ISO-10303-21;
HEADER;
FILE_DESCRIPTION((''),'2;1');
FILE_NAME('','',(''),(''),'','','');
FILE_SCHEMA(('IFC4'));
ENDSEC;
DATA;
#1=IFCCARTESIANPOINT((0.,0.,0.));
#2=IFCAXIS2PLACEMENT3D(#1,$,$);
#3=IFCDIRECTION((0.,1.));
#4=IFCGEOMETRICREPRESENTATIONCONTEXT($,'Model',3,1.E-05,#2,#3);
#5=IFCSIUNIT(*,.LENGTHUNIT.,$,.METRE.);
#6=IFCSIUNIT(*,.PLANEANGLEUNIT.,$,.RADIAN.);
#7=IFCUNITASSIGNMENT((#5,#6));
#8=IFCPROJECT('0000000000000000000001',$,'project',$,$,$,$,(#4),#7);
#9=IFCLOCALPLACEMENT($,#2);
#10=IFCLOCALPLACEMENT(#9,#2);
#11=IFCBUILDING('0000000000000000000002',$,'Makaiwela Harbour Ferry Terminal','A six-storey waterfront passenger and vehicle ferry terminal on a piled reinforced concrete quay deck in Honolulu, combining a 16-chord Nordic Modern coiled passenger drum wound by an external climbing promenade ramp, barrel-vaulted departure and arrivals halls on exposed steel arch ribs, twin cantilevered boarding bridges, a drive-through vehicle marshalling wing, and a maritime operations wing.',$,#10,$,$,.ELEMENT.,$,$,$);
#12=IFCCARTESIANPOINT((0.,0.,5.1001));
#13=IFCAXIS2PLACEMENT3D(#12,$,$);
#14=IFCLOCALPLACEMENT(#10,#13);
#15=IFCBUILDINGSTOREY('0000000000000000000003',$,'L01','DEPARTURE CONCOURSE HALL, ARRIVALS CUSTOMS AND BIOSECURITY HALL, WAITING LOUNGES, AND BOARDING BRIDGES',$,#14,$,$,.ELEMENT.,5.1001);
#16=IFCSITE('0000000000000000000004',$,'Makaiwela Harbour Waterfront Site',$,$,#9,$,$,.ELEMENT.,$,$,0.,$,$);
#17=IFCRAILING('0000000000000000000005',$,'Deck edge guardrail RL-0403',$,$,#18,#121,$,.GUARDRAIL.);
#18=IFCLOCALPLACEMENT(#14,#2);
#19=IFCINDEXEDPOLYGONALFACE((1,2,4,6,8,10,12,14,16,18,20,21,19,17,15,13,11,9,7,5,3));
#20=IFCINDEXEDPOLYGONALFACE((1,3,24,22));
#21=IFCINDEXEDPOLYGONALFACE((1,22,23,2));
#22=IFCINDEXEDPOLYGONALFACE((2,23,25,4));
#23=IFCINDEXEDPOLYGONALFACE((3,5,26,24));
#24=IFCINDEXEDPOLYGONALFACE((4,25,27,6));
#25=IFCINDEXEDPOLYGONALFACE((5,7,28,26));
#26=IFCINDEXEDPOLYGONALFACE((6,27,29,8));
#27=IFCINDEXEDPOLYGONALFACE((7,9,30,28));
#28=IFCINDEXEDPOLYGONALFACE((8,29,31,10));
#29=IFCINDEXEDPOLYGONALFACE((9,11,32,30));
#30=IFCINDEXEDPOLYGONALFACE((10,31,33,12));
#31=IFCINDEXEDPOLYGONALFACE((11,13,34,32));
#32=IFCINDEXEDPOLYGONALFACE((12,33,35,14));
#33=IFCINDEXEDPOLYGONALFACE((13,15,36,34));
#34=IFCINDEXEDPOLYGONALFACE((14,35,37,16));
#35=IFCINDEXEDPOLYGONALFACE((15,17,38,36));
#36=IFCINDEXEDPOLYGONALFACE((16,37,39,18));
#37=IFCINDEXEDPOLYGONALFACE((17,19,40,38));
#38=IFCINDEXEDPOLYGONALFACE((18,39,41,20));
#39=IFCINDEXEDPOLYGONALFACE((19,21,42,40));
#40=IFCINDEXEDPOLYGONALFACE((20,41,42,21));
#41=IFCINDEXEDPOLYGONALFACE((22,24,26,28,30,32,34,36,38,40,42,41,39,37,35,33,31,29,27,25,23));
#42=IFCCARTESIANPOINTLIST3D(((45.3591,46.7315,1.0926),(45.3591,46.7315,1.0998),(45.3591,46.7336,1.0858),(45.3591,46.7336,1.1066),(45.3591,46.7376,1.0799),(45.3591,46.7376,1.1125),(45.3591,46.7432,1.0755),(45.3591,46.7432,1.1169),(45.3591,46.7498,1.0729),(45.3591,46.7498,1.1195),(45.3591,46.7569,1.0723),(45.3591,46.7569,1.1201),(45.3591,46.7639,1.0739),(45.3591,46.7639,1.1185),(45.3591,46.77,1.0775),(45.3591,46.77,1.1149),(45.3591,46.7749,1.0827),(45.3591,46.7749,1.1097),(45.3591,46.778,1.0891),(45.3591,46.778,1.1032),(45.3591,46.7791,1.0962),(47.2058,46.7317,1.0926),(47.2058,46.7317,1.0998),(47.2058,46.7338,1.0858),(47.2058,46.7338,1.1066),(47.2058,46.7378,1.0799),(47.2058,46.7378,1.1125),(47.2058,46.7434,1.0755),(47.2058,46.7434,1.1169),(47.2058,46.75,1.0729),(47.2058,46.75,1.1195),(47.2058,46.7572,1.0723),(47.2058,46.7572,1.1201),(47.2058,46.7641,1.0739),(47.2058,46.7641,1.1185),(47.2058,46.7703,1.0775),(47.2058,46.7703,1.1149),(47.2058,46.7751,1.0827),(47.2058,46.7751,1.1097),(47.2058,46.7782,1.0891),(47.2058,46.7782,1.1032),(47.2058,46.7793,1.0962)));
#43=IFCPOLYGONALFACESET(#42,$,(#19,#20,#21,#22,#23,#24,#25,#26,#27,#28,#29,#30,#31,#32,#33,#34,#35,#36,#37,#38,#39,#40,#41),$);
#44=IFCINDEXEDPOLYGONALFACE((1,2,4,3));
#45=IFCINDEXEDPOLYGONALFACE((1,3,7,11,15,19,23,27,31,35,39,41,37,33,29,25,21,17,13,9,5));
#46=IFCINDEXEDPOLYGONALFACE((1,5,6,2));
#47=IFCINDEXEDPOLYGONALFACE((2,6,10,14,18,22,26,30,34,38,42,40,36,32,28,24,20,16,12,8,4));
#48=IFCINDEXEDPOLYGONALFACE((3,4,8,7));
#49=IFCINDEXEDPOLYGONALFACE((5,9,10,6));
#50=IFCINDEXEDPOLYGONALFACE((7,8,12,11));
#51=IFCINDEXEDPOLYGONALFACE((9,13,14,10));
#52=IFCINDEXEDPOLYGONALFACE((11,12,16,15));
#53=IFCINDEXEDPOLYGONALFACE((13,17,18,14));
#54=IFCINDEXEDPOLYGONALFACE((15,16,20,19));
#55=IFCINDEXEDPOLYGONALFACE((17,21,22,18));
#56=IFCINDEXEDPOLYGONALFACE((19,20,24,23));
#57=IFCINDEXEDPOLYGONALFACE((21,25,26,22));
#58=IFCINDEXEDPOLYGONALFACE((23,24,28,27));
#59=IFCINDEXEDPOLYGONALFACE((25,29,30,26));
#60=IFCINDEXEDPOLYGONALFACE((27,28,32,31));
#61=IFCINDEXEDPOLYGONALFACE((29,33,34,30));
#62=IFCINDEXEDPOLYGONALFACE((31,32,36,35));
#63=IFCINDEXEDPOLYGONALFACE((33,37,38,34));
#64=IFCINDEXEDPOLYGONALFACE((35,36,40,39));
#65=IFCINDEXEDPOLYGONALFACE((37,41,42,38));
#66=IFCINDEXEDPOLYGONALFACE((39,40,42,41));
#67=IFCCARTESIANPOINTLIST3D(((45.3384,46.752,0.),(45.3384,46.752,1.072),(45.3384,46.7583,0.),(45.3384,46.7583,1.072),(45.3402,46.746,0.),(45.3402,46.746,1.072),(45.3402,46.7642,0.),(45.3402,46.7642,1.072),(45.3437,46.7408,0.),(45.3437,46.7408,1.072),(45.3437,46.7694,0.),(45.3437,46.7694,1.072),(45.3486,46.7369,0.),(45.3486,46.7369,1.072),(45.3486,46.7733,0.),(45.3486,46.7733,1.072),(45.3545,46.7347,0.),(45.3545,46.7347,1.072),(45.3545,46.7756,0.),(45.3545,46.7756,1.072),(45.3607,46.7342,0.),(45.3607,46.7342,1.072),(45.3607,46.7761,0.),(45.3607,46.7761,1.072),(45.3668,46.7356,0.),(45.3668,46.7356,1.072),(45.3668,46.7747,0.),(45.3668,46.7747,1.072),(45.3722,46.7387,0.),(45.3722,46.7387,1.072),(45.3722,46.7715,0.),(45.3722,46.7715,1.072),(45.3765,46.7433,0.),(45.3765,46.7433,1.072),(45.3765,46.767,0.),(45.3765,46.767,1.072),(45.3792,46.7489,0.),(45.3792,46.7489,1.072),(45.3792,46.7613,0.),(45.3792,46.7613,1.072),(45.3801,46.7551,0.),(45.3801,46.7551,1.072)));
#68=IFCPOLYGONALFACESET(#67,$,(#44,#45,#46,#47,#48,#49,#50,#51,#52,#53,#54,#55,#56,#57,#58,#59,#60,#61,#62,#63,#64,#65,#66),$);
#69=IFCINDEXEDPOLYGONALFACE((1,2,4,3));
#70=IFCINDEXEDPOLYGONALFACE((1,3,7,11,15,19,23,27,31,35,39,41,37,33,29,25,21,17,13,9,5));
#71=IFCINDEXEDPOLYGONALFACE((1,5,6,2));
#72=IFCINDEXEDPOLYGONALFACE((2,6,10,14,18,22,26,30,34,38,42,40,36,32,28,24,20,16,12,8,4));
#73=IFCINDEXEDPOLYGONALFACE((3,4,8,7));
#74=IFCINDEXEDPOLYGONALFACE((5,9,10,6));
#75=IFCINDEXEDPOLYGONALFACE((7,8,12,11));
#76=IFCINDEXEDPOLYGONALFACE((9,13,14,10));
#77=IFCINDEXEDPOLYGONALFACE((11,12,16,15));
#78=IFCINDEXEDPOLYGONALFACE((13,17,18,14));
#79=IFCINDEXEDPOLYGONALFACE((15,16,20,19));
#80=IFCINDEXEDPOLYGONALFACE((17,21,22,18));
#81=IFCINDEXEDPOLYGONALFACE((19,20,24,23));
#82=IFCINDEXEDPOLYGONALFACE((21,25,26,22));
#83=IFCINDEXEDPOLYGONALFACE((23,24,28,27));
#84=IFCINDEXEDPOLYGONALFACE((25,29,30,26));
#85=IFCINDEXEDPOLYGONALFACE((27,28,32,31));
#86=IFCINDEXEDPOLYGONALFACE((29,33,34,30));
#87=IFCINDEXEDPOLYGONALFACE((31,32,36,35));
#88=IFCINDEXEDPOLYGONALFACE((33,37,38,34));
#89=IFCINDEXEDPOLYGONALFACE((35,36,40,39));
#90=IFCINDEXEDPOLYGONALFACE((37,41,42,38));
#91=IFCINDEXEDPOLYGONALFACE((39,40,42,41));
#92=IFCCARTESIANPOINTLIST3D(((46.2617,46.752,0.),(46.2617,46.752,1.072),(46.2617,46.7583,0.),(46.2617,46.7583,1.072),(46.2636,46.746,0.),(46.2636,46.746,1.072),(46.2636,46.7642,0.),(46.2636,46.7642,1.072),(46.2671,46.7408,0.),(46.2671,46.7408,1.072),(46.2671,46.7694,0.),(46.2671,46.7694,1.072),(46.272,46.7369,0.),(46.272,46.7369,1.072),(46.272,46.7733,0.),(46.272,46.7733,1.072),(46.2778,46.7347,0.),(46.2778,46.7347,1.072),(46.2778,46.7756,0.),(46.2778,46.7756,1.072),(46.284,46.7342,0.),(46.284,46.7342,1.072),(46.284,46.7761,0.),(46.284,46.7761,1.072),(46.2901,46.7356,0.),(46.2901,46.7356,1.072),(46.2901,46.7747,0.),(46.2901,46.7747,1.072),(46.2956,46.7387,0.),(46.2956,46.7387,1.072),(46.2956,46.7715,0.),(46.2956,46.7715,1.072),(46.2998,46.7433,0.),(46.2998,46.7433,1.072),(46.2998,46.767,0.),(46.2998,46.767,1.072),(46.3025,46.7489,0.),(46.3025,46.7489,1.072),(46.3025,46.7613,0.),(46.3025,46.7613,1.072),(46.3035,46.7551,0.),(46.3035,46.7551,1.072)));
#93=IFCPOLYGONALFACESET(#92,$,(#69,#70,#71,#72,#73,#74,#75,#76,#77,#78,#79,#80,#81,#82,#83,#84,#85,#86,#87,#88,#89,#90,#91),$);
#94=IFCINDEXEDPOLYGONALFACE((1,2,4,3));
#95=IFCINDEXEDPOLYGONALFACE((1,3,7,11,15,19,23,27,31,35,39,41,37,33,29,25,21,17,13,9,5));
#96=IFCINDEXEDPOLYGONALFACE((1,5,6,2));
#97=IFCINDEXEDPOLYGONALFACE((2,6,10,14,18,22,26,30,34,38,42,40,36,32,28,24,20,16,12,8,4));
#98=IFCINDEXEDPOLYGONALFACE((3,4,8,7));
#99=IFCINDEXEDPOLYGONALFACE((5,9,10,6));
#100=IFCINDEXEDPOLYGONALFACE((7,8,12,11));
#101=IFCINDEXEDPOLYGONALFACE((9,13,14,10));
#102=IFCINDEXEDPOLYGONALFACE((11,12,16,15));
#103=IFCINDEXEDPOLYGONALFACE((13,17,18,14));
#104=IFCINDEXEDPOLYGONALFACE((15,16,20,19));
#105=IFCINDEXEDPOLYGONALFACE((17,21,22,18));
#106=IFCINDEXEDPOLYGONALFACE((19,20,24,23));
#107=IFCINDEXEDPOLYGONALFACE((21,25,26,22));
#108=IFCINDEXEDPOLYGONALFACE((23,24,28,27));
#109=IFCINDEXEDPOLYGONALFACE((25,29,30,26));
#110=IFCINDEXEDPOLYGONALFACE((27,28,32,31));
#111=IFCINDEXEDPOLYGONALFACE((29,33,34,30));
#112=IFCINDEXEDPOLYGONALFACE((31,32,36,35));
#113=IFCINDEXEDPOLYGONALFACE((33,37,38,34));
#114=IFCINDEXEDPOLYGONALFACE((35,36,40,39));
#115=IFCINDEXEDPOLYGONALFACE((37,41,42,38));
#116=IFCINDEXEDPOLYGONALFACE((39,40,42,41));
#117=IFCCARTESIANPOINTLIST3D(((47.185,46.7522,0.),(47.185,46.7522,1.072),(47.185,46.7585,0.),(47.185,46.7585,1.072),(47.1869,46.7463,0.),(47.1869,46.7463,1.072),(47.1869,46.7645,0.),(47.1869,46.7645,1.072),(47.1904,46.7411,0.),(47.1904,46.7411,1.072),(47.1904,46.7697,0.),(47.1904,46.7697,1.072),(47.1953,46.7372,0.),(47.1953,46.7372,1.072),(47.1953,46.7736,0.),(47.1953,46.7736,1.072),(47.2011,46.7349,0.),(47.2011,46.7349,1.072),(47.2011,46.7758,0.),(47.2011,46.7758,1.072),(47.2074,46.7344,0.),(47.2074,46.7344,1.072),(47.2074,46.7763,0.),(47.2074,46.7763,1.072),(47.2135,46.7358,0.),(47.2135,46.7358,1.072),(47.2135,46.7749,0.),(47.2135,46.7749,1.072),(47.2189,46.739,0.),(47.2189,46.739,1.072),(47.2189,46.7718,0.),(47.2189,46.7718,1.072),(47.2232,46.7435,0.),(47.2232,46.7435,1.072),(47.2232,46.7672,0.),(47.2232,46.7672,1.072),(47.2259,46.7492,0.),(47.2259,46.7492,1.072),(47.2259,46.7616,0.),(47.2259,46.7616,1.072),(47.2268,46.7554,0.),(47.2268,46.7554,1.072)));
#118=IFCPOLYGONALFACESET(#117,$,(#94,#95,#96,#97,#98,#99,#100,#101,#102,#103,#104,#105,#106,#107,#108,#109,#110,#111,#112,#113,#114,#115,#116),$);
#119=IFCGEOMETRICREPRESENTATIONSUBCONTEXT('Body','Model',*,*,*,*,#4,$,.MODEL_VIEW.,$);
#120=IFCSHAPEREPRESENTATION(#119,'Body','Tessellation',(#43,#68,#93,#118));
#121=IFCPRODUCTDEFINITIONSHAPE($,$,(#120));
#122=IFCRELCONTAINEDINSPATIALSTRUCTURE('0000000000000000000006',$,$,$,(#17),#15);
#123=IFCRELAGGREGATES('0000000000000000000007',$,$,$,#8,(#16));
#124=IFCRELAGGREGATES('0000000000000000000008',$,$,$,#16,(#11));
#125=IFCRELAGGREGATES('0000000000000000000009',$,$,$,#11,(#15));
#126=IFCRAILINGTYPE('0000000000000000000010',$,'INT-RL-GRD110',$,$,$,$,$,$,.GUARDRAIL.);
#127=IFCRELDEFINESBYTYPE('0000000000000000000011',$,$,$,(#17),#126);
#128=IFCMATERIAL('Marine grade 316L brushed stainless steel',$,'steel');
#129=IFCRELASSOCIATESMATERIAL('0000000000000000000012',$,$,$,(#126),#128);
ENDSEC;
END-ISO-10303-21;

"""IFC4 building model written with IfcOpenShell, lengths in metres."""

from ifc_helpers import new_model, si_unit, direction, frame, origin, origin_2d, place, context, subcontext, project, spatial, circle, extrude, material, type_object, element, save


model = new_model("IFC4")

# Units and contexts
model_context = context("Model", 3, precision=1e-05, world=origin(), true_north=direction((0.0, 1.0)))
body_context = subcontext(model_context, "Body", "Model", "MODEL_VIEW")
ifc_project = project(units=[si_unit("LENGTHUNIT", "METRE"), si_unit("PLANEANGLEUNIT", "RADIAN")], contexts=[model_context])

# Site, building, storey
site_placement = place(None, origin())
site = spatial("IfcSite", under=ifc_project, at=site_placement, Name="Makaiwela Harbour Waterfront Site", CompositionType="ELEMENT", RefElevation=0.0)
building_placement = place(site_placement, origin())
building = spatial("IfcBuilding", under=site, at=building_placement, Name="Makaiwela Harbour Ferry Terminal", Description="A six-storey waterfront passenger and vehicle ferry terminal on a piled reinforced concrete quay deck in Honolulu, combining a 16-chord Nordic Modern coiled passenger drum wound by an external climbing promenade ramp, barrel-vaulted departure and arrivals halls on exposed steel arch ribs, twin cantilevered boarding bridges, a drive-through vehicle marshalling wing, and a maritime operations wing.", CompositionType="ELEMENT")
storey_placement = place(building_placement, frame((0.0, 0.0, 5.1001)))
storey = spatial("IfcBuildingStorey", under=building, at=storey_placement, Name="L01", Description="DEPARTURE CONCOURSE HALL, ARRIVALS CUSTOMS AND BIOSECURITY HALL, WAITING LOUNGES, AND BOARDING BRIDGES", CompositionType="ELEMENT", Elevation=5.1001)

# Railing
ifc_material_1 = material(Name="Marine grade 316L brushed stainless steel", Category="steel")
railing_type = type_object("IfcRailingType", Name="INT-RL-GRD110", PredefinedType="GUARDRAIL", material=ifc_material_1)
railing_1_placement = place(storey_placement, frame((45.3591, 46.7551, 0.0)))
element("IfcRailing", 1, at=railing_1_placement, inside=storey, type_object=railing_type, Name="Deck edge guardrail RL-0403", PredefinedType="GUARDRAIL", context=body_context, shape_type="SweptSolid", body=[
    extrude(circle(Radius=0.0239, at=origin_2d()), frame((0.0, 0.0, 1.0962), z_axis=(1.0, 0.000132, 0.0), x_axis=(-0.000132, 1.0, 0.0)), (0.0, 0.0, 1.0), 1.8467),
    extrude(circle(Radius=0.021, at=origin_2d()), origin(), (0.0, 0.0, 1.0), 1.072),
    extrude(circle(Radius=0.021, at=origin_2d()), frame((0.9233, 0.0, 0.0)), (0.0, 0.0, 1.0), 1.072),
    extrude(circle(Radius=0.021, at=origin_2d()), frame((1.8467, 0.0002, 0.0)), (0.0, 0.0, 1.0), 1.072),
])

save(model, "model.ifc")
